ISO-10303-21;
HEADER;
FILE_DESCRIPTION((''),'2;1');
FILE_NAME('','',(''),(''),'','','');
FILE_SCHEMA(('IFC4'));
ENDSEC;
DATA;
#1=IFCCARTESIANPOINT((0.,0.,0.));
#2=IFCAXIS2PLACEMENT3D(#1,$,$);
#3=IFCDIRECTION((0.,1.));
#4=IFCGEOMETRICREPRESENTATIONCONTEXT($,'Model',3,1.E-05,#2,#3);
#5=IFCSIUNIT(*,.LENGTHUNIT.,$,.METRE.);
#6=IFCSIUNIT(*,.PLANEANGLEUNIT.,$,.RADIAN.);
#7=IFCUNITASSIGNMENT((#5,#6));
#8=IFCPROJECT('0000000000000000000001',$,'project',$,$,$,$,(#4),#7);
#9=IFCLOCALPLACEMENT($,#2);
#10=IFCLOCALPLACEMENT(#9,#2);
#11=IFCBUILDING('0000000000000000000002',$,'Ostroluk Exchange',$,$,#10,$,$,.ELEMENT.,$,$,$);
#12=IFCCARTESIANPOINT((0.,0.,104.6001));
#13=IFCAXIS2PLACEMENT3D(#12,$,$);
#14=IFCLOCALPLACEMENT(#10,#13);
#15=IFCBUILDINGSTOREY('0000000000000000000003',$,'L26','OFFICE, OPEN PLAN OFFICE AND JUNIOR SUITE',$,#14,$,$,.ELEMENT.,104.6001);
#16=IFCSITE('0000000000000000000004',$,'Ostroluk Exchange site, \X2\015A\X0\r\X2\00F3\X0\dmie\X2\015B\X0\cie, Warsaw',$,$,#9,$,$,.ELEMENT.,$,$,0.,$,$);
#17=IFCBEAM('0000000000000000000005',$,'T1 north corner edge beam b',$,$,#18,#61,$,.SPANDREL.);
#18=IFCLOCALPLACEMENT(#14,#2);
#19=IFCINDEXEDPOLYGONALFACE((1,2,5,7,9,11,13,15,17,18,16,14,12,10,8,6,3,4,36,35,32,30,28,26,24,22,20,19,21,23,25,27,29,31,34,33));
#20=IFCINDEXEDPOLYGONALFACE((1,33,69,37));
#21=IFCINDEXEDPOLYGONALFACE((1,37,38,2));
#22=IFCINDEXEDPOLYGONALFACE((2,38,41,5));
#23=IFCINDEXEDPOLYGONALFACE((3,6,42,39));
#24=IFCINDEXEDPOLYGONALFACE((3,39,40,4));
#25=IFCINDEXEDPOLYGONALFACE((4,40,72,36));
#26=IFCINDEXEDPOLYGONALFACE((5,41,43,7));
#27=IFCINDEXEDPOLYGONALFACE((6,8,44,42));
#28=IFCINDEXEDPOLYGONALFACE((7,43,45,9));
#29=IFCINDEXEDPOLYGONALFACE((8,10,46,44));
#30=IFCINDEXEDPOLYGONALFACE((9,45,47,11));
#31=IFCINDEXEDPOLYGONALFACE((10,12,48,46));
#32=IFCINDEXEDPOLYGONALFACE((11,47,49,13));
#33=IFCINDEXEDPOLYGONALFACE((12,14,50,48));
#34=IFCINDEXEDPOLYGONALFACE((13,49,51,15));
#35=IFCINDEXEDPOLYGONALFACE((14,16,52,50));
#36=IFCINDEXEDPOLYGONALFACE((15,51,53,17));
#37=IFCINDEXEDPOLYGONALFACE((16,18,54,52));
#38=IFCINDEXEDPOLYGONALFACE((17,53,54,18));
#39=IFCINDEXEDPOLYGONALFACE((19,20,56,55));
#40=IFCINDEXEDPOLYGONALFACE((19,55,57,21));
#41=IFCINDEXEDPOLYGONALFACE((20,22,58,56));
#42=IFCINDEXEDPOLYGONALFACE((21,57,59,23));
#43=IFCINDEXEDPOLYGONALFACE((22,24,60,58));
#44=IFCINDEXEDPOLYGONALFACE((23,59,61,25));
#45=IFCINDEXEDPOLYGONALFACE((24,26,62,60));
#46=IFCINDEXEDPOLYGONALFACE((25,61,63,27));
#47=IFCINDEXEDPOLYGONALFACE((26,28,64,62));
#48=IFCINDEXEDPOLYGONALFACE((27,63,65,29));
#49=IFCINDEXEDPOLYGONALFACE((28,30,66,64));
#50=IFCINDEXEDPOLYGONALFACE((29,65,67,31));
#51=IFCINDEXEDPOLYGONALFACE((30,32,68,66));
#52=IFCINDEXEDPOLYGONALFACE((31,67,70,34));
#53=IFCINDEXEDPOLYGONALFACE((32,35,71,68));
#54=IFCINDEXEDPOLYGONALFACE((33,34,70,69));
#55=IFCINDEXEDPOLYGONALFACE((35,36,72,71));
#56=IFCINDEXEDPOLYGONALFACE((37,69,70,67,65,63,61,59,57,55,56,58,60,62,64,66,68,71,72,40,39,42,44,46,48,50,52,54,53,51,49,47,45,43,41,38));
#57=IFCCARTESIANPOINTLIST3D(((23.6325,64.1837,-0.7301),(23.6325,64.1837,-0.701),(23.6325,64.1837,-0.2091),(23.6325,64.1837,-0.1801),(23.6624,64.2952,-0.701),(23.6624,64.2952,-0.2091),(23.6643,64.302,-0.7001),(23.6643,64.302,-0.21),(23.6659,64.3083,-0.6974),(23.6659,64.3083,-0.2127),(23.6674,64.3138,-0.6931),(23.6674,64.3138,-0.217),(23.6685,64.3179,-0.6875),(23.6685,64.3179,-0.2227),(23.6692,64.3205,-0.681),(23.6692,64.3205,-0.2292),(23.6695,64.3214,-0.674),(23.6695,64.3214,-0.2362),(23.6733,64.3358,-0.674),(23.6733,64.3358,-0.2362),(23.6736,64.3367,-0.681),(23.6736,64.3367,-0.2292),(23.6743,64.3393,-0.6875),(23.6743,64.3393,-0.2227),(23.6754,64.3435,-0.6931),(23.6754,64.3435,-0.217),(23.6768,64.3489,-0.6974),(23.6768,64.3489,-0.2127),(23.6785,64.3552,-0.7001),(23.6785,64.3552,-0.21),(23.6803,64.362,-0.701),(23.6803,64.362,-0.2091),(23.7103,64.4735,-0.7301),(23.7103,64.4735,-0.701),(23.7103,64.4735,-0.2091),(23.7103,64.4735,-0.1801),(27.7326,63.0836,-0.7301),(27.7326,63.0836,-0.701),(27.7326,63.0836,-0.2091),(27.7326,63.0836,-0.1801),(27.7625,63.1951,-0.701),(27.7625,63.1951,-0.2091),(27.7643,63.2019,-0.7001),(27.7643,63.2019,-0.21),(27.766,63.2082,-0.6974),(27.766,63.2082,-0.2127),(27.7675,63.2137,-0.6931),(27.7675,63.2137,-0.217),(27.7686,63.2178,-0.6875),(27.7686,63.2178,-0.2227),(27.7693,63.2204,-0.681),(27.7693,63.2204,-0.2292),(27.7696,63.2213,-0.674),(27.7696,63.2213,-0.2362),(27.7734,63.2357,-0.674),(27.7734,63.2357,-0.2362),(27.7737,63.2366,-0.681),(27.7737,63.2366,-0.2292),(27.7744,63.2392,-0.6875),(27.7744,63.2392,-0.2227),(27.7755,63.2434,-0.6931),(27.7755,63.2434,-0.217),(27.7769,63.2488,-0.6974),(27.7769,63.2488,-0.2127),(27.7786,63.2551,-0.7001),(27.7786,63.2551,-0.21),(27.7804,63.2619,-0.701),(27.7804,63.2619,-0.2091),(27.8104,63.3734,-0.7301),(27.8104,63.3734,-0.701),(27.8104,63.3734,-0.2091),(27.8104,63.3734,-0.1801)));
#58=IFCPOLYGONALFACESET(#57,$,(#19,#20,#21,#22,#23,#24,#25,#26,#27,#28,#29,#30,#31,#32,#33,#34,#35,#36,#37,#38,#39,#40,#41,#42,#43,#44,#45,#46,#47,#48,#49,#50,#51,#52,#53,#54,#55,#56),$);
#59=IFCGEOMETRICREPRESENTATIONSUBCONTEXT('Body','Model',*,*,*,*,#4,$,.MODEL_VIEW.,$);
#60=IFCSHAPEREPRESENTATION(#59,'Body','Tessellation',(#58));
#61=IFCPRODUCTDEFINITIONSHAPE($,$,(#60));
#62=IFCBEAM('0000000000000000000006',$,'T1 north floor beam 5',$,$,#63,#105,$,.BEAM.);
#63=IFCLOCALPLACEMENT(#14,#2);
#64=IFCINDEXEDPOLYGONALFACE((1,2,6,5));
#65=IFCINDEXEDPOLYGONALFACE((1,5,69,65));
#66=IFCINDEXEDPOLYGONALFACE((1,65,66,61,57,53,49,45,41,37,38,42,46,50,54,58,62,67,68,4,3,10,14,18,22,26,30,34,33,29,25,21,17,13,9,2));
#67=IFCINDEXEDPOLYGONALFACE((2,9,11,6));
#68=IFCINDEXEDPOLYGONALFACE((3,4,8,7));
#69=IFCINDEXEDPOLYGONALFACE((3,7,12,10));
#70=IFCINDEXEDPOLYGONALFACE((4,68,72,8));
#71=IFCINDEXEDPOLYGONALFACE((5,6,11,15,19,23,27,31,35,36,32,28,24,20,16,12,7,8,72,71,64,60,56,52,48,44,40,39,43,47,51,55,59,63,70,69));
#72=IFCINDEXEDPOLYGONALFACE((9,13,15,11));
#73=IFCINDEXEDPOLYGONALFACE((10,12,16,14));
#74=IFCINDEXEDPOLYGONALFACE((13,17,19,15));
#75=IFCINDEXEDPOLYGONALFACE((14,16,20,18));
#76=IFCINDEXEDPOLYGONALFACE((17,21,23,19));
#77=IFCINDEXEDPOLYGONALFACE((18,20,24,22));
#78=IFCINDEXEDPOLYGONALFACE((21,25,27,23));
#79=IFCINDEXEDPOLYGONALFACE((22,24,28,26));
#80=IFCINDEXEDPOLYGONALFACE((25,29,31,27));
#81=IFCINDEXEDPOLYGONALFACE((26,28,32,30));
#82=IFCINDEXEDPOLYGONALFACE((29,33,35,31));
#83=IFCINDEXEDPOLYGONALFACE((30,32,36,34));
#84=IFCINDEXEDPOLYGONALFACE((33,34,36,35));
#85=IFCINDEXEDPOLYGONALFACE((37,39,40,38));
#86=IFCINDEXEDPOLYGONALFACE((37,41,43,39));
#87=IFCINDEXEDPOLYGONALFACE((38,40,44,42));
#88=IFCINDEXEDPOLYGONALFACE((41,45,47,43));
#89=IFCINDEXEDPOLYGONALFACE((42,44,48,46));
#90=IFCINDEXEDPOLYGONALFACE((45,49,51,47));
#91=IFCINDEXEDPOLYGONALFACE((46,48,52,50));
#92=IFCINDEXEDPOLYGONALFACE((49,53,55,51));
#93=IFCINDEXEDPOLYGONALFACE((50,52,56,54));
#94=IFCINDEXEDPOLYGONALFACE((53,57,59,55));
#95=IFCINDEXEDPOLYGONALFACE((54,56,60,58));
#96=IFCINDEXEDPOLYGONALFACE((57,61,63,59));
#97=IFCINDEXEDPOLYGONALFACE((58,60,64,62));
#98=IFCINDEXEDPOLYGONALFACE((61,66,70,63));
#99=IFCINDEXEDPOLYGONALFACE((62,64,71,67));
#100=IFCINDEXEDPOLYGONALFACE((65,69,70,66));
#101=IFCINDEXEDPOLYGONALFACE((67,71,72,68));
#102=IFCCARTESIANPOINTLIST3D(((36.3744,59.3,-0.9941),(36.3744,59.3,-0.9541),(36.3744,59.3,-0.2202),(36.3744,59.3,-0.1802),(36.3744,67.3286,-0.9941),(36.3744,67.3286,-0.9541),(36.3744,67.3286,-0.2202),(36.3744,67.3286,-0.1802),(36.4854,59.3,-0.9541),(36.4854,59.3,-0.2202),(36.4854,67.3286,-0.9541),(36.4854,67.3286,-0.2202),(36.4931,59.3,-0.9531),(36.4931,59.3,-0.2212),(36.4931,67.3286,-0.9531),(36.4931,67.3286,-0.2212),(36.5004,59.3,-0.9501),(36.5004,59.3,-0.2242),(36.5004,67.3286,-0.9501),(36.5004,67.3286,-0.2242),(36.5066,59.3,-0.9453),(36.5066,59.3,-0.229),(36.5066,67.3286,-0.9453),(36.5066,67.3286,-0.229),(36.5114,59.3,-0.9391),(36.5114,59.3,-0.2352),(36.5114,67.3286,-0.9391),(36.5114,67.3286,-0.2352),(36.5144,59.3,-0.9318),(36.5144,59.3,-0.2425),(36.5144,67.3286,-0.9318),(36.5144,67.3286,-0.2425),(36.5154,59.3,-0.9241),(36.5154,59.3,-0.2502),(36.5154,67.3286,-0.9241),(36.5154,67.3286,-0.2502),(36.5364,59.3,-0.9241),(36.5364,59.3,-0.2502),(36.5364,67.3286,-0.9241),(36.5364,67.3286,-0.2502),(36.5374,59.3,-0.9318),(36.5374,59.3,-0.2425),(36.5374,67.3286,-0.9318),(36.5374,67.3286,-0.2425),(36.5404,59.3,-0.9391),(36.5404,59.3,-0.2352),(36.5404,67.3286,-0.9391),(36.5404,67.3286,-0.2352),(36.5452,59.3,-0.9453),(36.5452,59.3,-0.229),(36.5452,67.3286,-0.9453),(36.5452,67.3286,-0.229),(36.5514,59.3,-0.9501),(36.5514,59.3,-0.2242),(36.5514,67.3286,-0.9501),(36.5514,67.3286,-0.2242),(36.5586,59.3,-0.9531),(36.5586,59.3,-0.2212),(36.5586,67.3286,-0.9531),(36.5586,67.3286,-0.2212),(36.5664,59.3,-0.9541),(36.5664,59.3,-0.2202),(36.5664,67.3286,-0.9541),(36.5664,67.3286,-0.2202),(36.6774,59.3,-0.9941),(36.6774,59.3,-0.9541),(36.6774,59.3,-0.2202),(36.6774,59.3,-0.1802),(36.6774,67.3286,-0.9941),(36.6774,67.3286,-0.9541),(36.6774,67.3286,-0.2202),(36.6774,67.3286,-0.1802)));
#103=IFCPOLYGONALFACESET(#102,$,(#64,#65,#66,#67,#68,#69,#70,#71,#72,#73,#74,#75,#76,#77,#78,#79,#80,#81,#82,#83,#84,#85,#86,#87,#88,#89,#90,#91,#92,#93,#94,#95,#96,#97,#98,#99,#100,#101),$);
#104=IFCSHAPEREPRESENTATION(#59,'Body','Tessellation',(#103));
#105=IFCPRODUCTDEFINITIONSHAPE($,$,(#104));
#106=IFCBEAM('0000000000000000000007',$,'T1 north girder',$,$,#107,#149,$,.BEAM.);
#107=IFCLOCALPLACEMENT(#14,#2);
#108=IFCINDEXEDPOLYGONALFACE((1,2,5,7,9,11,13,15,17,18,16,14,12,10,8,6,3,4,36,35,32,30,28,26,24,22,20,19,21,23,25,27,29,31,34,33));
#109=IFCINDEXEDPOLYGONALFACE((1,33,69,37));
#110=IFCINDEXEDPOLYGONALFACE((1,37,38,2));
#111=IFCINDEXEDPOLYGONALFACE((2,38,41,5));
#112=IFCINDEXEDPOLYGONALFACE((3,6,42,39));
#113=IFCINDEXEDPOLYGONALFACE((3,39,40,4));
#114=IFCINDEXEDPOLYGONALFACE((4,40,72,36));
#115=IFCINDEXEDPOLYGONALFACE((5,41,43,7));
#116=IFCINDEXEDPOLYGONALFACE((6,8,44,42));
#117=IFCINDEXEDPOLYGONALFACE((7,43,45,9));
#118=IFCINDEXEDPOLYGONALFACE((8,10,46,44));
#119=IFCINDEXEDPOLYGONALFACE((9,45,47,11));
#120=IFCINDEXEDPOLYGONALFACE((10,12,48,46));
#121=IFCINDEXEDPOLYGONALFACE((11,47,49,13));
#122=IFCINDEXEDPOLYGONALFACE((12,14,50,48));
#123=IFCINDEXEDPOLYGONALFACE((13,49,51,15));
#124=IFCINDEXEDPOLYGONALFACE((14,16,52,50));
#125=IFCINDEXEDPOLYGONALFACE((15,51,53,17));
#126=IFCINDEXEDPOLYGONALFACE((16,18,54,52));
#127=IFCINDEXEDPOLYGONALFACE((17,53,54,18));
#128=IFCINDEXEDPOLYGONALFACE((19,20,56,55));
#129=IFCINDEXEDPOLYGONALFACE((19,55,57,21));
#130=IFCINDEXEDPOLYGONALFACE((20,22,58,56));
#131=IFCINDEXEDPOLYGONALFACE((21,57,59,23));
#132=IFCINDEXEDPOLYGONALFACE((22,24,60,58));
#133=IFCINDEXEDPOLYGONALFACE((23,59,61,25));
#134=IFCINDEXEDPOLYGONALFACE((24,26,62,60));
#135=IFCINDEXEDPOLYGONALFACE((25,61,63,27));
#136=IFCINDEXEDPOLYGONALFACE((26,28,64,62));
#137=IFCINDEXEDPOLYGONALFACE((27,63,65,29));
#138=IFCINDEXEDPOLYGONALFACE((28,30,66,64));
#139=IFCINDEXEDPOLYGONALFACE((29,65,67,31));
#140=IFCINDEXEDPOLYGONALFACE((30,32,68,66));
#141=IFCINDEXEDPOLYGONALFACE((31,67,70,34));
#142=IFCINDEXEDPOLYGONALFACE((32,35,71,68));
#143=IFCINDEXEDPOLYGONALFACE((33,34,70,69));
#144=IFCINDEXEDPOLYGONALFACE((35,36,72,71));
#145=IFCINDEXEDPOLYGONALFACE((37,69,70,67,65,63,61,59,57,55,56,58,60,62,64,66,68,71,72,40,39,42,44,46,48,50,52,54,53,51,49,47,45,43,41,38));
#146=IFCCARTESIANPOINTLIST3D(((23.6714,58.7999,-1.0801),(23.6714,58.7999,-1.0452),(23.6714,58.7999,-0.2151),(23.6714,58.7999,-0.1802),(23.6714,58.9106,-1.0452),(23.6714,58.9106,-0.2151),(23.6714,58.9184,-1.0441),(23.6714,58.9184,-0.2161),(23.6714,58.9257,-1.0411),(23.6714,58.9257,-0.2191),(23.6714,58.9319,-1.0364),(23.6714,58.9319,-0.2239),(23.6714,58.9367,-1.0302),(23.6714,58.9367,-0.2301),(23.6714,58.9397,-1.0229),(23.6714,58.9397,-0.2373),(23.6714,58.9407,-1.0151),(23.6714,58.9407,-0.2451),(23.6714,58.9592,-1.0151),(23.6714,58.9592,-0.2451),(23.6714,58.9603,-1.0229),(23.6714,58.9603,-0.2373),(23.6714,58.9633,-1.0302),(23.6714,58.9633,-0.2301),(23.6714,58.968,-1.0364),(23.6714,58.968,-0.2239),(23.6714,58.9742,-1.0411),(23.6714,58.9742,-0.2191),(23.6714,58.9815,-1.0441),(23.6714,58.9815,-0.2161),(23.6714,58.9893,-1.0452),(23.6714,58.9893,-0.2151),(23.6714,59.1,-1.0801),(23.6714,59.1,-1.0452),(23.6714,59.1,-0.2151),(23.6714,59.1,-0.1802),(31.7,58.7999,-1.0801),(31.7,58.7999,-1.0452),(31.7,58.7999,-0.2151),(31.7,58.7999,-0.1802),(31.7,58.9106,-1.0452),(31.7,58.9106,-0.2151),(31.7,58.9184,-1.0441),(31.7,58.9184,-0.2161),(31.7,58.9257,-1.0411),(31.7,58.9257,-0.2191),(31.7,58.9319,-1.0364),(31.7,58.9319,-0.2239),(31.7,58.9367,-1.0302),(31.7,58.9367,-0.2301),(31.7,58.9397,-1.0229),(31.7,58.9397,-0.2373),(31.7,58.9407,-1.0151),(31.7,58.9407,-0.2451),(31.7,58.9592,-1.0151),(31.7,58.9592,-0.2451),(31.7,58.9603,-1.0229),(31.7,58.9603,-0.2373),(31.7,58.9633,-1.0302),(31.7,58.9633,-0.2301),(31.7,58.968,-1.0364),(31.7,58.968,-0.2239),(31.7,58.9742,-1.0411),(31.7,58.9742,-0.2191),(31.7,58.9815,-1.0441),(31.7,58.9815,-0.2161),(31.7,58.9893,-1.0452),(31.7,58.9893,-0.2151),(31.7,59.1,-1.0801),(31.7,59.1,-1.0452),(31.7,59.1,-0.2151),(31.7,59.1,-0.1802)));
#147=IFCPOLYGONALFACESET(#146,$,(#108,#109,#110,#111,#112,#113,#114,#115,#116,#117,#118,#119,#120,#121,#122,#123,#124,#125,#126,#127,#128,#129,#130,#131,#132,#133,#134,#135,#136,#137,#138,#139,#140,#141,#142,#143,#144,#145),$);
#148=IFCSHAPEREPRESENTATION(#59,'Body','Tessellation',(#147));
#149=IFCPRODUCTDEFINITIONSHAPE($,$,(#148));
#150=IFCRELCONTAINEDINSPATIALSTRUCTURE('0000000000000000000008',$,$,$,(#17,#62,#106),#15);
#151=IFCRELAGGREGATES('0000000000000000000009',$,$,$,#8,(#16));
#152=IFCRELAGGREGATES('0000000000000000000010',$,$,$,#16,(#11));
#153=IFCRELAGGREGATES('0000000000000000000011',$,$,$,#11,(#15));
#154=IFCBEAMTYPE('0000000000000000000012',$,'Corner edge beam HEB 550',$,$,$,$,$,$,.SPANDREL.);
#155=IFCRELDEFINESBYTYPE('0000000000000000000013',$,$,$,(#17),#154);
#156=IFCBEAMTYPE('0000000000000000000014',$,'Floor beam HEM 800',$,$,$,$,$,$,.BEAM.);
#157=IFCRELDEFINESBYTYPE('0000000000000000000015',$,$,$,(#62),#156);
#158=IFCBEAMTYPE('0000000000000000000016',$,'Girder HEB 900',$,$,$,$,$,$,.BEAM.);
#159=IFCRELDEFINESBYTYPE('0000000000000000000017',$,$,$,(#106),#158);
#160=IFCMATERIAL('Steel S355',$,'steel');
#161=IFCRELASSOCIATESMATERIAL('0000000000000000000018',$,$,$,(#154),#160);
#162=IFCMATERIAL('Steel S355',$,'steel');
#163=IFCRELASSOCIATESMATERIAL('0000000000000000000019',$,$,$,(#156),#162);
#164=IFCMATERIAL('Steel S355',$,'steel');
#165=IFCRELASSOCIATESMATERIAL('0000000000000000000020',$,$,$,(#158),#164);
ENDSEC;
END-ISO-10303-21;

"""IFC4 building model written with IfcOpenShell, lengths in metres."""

from ifc_helpers import new_model, si_unit, direction, frame, origin, origin_2d, place, context, subcontext, project, spatial, i_section, extrude, material, material_profile, profile_set, type_object, element, save


model = new_model("IFC4")

# Units and contexts
model_context = context("Model", 3, precision=1e-05, world=origin(), true_north=direction((0.0, 1.0)))
body_context = subcontext(model_context, "Body", "Model", "MODEL_VIEW")
ifc_project = project(units=[si_unit("LENGTHUNIT", "METRE"), si_unit("PLANEANGLEUNIT", "RADIAN")], contexts=[model_context])

# Site, building, storey
site_placement = place(None, origin())
site = spatial("IfcSite", under=ifc_project, at=site_placement, Name="Ostroluk Exchange site, Śródmieście, Warsaw", CompositionType="ELEMENT", RefElevation=0.0)
building_placement = place(site_placement, origin())
building = spatial("IfcBuilding", under=site, at=building_placement, Name="Ostroluk Exchange", CompositionType="ELEMENT")
storey_placement = place(building_placement, frame((0.0, 0.0, 104.6001)))
storey = spatial("IfcBuildingStorey", under=building, at=storey_placement, Name="L26", Description="OFFICE, OPEN PLAN OFFICE AND JUNIOR SUITE", CompositionType="ELEMENT", Elevation=104.6001)

# Beams
ifc_material_1 = material(Name="Steel S355", Category="steel")
ifc_material_profile_1 = material_profile(ifc_material_1, i_section(OverallWidth=0.3, OverallDepth=0.55, WebThickness=0.0149, FlangeThickness=0.0291, FilletRadius=0.0271, at=origin_2d()), Name="HEB 550")
ifc_profile_set_1 = profile_set([ifc_material_profile_1], Name="Steel S355")
beam_type_1 = type_object("IfcBeamType", Name="Corner edge beam HEB 550", PredefinedType="SPANDREL", material=ifc_profile_set_1)
for number, where, z_axis, x_axis, name in (
    (1, (27.7715, 63.2285, -0.4551), (-0.965839, 0.259144, 0.0), (-0.259144, -0.965839, 0.0), "T1 north corner edge beam b"),
):
    element("IfcBeam", number, at=place(storey_placement, frame(where, z_axis=z_axis, x_axis=x_axis)), inside=storey, type_object=beam_type_1, Name=name, PredefinedType="SPANDREL", context=body_context, shape_type="SweptSolid", body=[
        extrude(i_section(OverallWidth=0.3, OverallDepth=0.55, WebThickness=0.0149, FlangeThickness=0.0291, FilletRadius=0.0271, at=origin_2d()), origin(), (0.0, 0.0, 1.0), 4.2451),
    ])
ifc_material_2 = material(Name="Steel S355", Category="steel")
ifc_material_profile_2 = material_profile(ifc_material_2, i_section(OverallWidth=0.303, OverallDepth=0.814, WebThickness=0.021, FlangeThickness=0.04, FilletRadius=0.03, at=origin_2d()), Name="HEM 800")
ifc_profile_set_2 = profile_set([ifc_material_profile_2], Name="Steel S355")
beam_type_2 = type_object("IfcBeamType", Name="Floor beam HEM 800", PredefinedType="BEAM", material=ifc_profile_set_2)
beam_1_placement = place(storey_placement, frame((36.5259, 59.3, -0.5872), z_axis=(0.0, 1.0, 0.0), x_axis=(-1.0, 0.0, 0.0)))
element("IfcBeam", 2, at=beam_1_placement, inside=storey, type_object=beam_type_2, Name="T1 north floor beam 5", PredefinedType="BEAM", context=body_context, shape_type="SweptSolid", body=[
    extrude(i_section(OverallWidth=0.303, OverallDepth=0.814, WebThickness=0.021, FlangeThickness=0.04, FilletRadius=0.03, at=origin_2d()), origin(), (0.0, 0.0, 1.0), 8.0286),
])
ifc_material_3 = material(Name="Steel S355", Category="steel")
ifc_material_profile_3 = material_profile(ifc_material_3, i_section(OverallWidth=0.3, OverallDepth=0.8999, WebThickness=0.0186, FlangeThickness=0.0349, FilletRadius=0.03, at=origin_2d()), Name="HEB 900")
ifc_profile_set_3 = profile_set([ifc_material_profile_3], Name="Steel S355")
beam_type_3 = type_object("IfcBeamType", Name="Girder HEB 900", PredefinedType="BEAM", material=ifc_profile_set_3)
beam_2_placement = place(storey_placement, frame((31.7, 58.95, -0.6301), z_axis=(-1.0, 0.0, 0.0), x_axis=(0.0, -1.0, 0.0)))
element("IfcBeam", 3, at=beam_2_placement, inside=storey, type_object=beam_type_3, Name="T1 north girder", PredefinedType="BEAM", context=body_context, shape_type="SweptSolid", body=[
    extrude(i_section(OverallWidth=0.3, OverallDepth=0.8999, WebThickness=0.0186, FlangeThickness=0.0349, FilletRadius=0.03, at=origin_2d()), origin(), (0.0, 0.0, 1.0), 8.0286),
])

save(model, "model.ifc")
